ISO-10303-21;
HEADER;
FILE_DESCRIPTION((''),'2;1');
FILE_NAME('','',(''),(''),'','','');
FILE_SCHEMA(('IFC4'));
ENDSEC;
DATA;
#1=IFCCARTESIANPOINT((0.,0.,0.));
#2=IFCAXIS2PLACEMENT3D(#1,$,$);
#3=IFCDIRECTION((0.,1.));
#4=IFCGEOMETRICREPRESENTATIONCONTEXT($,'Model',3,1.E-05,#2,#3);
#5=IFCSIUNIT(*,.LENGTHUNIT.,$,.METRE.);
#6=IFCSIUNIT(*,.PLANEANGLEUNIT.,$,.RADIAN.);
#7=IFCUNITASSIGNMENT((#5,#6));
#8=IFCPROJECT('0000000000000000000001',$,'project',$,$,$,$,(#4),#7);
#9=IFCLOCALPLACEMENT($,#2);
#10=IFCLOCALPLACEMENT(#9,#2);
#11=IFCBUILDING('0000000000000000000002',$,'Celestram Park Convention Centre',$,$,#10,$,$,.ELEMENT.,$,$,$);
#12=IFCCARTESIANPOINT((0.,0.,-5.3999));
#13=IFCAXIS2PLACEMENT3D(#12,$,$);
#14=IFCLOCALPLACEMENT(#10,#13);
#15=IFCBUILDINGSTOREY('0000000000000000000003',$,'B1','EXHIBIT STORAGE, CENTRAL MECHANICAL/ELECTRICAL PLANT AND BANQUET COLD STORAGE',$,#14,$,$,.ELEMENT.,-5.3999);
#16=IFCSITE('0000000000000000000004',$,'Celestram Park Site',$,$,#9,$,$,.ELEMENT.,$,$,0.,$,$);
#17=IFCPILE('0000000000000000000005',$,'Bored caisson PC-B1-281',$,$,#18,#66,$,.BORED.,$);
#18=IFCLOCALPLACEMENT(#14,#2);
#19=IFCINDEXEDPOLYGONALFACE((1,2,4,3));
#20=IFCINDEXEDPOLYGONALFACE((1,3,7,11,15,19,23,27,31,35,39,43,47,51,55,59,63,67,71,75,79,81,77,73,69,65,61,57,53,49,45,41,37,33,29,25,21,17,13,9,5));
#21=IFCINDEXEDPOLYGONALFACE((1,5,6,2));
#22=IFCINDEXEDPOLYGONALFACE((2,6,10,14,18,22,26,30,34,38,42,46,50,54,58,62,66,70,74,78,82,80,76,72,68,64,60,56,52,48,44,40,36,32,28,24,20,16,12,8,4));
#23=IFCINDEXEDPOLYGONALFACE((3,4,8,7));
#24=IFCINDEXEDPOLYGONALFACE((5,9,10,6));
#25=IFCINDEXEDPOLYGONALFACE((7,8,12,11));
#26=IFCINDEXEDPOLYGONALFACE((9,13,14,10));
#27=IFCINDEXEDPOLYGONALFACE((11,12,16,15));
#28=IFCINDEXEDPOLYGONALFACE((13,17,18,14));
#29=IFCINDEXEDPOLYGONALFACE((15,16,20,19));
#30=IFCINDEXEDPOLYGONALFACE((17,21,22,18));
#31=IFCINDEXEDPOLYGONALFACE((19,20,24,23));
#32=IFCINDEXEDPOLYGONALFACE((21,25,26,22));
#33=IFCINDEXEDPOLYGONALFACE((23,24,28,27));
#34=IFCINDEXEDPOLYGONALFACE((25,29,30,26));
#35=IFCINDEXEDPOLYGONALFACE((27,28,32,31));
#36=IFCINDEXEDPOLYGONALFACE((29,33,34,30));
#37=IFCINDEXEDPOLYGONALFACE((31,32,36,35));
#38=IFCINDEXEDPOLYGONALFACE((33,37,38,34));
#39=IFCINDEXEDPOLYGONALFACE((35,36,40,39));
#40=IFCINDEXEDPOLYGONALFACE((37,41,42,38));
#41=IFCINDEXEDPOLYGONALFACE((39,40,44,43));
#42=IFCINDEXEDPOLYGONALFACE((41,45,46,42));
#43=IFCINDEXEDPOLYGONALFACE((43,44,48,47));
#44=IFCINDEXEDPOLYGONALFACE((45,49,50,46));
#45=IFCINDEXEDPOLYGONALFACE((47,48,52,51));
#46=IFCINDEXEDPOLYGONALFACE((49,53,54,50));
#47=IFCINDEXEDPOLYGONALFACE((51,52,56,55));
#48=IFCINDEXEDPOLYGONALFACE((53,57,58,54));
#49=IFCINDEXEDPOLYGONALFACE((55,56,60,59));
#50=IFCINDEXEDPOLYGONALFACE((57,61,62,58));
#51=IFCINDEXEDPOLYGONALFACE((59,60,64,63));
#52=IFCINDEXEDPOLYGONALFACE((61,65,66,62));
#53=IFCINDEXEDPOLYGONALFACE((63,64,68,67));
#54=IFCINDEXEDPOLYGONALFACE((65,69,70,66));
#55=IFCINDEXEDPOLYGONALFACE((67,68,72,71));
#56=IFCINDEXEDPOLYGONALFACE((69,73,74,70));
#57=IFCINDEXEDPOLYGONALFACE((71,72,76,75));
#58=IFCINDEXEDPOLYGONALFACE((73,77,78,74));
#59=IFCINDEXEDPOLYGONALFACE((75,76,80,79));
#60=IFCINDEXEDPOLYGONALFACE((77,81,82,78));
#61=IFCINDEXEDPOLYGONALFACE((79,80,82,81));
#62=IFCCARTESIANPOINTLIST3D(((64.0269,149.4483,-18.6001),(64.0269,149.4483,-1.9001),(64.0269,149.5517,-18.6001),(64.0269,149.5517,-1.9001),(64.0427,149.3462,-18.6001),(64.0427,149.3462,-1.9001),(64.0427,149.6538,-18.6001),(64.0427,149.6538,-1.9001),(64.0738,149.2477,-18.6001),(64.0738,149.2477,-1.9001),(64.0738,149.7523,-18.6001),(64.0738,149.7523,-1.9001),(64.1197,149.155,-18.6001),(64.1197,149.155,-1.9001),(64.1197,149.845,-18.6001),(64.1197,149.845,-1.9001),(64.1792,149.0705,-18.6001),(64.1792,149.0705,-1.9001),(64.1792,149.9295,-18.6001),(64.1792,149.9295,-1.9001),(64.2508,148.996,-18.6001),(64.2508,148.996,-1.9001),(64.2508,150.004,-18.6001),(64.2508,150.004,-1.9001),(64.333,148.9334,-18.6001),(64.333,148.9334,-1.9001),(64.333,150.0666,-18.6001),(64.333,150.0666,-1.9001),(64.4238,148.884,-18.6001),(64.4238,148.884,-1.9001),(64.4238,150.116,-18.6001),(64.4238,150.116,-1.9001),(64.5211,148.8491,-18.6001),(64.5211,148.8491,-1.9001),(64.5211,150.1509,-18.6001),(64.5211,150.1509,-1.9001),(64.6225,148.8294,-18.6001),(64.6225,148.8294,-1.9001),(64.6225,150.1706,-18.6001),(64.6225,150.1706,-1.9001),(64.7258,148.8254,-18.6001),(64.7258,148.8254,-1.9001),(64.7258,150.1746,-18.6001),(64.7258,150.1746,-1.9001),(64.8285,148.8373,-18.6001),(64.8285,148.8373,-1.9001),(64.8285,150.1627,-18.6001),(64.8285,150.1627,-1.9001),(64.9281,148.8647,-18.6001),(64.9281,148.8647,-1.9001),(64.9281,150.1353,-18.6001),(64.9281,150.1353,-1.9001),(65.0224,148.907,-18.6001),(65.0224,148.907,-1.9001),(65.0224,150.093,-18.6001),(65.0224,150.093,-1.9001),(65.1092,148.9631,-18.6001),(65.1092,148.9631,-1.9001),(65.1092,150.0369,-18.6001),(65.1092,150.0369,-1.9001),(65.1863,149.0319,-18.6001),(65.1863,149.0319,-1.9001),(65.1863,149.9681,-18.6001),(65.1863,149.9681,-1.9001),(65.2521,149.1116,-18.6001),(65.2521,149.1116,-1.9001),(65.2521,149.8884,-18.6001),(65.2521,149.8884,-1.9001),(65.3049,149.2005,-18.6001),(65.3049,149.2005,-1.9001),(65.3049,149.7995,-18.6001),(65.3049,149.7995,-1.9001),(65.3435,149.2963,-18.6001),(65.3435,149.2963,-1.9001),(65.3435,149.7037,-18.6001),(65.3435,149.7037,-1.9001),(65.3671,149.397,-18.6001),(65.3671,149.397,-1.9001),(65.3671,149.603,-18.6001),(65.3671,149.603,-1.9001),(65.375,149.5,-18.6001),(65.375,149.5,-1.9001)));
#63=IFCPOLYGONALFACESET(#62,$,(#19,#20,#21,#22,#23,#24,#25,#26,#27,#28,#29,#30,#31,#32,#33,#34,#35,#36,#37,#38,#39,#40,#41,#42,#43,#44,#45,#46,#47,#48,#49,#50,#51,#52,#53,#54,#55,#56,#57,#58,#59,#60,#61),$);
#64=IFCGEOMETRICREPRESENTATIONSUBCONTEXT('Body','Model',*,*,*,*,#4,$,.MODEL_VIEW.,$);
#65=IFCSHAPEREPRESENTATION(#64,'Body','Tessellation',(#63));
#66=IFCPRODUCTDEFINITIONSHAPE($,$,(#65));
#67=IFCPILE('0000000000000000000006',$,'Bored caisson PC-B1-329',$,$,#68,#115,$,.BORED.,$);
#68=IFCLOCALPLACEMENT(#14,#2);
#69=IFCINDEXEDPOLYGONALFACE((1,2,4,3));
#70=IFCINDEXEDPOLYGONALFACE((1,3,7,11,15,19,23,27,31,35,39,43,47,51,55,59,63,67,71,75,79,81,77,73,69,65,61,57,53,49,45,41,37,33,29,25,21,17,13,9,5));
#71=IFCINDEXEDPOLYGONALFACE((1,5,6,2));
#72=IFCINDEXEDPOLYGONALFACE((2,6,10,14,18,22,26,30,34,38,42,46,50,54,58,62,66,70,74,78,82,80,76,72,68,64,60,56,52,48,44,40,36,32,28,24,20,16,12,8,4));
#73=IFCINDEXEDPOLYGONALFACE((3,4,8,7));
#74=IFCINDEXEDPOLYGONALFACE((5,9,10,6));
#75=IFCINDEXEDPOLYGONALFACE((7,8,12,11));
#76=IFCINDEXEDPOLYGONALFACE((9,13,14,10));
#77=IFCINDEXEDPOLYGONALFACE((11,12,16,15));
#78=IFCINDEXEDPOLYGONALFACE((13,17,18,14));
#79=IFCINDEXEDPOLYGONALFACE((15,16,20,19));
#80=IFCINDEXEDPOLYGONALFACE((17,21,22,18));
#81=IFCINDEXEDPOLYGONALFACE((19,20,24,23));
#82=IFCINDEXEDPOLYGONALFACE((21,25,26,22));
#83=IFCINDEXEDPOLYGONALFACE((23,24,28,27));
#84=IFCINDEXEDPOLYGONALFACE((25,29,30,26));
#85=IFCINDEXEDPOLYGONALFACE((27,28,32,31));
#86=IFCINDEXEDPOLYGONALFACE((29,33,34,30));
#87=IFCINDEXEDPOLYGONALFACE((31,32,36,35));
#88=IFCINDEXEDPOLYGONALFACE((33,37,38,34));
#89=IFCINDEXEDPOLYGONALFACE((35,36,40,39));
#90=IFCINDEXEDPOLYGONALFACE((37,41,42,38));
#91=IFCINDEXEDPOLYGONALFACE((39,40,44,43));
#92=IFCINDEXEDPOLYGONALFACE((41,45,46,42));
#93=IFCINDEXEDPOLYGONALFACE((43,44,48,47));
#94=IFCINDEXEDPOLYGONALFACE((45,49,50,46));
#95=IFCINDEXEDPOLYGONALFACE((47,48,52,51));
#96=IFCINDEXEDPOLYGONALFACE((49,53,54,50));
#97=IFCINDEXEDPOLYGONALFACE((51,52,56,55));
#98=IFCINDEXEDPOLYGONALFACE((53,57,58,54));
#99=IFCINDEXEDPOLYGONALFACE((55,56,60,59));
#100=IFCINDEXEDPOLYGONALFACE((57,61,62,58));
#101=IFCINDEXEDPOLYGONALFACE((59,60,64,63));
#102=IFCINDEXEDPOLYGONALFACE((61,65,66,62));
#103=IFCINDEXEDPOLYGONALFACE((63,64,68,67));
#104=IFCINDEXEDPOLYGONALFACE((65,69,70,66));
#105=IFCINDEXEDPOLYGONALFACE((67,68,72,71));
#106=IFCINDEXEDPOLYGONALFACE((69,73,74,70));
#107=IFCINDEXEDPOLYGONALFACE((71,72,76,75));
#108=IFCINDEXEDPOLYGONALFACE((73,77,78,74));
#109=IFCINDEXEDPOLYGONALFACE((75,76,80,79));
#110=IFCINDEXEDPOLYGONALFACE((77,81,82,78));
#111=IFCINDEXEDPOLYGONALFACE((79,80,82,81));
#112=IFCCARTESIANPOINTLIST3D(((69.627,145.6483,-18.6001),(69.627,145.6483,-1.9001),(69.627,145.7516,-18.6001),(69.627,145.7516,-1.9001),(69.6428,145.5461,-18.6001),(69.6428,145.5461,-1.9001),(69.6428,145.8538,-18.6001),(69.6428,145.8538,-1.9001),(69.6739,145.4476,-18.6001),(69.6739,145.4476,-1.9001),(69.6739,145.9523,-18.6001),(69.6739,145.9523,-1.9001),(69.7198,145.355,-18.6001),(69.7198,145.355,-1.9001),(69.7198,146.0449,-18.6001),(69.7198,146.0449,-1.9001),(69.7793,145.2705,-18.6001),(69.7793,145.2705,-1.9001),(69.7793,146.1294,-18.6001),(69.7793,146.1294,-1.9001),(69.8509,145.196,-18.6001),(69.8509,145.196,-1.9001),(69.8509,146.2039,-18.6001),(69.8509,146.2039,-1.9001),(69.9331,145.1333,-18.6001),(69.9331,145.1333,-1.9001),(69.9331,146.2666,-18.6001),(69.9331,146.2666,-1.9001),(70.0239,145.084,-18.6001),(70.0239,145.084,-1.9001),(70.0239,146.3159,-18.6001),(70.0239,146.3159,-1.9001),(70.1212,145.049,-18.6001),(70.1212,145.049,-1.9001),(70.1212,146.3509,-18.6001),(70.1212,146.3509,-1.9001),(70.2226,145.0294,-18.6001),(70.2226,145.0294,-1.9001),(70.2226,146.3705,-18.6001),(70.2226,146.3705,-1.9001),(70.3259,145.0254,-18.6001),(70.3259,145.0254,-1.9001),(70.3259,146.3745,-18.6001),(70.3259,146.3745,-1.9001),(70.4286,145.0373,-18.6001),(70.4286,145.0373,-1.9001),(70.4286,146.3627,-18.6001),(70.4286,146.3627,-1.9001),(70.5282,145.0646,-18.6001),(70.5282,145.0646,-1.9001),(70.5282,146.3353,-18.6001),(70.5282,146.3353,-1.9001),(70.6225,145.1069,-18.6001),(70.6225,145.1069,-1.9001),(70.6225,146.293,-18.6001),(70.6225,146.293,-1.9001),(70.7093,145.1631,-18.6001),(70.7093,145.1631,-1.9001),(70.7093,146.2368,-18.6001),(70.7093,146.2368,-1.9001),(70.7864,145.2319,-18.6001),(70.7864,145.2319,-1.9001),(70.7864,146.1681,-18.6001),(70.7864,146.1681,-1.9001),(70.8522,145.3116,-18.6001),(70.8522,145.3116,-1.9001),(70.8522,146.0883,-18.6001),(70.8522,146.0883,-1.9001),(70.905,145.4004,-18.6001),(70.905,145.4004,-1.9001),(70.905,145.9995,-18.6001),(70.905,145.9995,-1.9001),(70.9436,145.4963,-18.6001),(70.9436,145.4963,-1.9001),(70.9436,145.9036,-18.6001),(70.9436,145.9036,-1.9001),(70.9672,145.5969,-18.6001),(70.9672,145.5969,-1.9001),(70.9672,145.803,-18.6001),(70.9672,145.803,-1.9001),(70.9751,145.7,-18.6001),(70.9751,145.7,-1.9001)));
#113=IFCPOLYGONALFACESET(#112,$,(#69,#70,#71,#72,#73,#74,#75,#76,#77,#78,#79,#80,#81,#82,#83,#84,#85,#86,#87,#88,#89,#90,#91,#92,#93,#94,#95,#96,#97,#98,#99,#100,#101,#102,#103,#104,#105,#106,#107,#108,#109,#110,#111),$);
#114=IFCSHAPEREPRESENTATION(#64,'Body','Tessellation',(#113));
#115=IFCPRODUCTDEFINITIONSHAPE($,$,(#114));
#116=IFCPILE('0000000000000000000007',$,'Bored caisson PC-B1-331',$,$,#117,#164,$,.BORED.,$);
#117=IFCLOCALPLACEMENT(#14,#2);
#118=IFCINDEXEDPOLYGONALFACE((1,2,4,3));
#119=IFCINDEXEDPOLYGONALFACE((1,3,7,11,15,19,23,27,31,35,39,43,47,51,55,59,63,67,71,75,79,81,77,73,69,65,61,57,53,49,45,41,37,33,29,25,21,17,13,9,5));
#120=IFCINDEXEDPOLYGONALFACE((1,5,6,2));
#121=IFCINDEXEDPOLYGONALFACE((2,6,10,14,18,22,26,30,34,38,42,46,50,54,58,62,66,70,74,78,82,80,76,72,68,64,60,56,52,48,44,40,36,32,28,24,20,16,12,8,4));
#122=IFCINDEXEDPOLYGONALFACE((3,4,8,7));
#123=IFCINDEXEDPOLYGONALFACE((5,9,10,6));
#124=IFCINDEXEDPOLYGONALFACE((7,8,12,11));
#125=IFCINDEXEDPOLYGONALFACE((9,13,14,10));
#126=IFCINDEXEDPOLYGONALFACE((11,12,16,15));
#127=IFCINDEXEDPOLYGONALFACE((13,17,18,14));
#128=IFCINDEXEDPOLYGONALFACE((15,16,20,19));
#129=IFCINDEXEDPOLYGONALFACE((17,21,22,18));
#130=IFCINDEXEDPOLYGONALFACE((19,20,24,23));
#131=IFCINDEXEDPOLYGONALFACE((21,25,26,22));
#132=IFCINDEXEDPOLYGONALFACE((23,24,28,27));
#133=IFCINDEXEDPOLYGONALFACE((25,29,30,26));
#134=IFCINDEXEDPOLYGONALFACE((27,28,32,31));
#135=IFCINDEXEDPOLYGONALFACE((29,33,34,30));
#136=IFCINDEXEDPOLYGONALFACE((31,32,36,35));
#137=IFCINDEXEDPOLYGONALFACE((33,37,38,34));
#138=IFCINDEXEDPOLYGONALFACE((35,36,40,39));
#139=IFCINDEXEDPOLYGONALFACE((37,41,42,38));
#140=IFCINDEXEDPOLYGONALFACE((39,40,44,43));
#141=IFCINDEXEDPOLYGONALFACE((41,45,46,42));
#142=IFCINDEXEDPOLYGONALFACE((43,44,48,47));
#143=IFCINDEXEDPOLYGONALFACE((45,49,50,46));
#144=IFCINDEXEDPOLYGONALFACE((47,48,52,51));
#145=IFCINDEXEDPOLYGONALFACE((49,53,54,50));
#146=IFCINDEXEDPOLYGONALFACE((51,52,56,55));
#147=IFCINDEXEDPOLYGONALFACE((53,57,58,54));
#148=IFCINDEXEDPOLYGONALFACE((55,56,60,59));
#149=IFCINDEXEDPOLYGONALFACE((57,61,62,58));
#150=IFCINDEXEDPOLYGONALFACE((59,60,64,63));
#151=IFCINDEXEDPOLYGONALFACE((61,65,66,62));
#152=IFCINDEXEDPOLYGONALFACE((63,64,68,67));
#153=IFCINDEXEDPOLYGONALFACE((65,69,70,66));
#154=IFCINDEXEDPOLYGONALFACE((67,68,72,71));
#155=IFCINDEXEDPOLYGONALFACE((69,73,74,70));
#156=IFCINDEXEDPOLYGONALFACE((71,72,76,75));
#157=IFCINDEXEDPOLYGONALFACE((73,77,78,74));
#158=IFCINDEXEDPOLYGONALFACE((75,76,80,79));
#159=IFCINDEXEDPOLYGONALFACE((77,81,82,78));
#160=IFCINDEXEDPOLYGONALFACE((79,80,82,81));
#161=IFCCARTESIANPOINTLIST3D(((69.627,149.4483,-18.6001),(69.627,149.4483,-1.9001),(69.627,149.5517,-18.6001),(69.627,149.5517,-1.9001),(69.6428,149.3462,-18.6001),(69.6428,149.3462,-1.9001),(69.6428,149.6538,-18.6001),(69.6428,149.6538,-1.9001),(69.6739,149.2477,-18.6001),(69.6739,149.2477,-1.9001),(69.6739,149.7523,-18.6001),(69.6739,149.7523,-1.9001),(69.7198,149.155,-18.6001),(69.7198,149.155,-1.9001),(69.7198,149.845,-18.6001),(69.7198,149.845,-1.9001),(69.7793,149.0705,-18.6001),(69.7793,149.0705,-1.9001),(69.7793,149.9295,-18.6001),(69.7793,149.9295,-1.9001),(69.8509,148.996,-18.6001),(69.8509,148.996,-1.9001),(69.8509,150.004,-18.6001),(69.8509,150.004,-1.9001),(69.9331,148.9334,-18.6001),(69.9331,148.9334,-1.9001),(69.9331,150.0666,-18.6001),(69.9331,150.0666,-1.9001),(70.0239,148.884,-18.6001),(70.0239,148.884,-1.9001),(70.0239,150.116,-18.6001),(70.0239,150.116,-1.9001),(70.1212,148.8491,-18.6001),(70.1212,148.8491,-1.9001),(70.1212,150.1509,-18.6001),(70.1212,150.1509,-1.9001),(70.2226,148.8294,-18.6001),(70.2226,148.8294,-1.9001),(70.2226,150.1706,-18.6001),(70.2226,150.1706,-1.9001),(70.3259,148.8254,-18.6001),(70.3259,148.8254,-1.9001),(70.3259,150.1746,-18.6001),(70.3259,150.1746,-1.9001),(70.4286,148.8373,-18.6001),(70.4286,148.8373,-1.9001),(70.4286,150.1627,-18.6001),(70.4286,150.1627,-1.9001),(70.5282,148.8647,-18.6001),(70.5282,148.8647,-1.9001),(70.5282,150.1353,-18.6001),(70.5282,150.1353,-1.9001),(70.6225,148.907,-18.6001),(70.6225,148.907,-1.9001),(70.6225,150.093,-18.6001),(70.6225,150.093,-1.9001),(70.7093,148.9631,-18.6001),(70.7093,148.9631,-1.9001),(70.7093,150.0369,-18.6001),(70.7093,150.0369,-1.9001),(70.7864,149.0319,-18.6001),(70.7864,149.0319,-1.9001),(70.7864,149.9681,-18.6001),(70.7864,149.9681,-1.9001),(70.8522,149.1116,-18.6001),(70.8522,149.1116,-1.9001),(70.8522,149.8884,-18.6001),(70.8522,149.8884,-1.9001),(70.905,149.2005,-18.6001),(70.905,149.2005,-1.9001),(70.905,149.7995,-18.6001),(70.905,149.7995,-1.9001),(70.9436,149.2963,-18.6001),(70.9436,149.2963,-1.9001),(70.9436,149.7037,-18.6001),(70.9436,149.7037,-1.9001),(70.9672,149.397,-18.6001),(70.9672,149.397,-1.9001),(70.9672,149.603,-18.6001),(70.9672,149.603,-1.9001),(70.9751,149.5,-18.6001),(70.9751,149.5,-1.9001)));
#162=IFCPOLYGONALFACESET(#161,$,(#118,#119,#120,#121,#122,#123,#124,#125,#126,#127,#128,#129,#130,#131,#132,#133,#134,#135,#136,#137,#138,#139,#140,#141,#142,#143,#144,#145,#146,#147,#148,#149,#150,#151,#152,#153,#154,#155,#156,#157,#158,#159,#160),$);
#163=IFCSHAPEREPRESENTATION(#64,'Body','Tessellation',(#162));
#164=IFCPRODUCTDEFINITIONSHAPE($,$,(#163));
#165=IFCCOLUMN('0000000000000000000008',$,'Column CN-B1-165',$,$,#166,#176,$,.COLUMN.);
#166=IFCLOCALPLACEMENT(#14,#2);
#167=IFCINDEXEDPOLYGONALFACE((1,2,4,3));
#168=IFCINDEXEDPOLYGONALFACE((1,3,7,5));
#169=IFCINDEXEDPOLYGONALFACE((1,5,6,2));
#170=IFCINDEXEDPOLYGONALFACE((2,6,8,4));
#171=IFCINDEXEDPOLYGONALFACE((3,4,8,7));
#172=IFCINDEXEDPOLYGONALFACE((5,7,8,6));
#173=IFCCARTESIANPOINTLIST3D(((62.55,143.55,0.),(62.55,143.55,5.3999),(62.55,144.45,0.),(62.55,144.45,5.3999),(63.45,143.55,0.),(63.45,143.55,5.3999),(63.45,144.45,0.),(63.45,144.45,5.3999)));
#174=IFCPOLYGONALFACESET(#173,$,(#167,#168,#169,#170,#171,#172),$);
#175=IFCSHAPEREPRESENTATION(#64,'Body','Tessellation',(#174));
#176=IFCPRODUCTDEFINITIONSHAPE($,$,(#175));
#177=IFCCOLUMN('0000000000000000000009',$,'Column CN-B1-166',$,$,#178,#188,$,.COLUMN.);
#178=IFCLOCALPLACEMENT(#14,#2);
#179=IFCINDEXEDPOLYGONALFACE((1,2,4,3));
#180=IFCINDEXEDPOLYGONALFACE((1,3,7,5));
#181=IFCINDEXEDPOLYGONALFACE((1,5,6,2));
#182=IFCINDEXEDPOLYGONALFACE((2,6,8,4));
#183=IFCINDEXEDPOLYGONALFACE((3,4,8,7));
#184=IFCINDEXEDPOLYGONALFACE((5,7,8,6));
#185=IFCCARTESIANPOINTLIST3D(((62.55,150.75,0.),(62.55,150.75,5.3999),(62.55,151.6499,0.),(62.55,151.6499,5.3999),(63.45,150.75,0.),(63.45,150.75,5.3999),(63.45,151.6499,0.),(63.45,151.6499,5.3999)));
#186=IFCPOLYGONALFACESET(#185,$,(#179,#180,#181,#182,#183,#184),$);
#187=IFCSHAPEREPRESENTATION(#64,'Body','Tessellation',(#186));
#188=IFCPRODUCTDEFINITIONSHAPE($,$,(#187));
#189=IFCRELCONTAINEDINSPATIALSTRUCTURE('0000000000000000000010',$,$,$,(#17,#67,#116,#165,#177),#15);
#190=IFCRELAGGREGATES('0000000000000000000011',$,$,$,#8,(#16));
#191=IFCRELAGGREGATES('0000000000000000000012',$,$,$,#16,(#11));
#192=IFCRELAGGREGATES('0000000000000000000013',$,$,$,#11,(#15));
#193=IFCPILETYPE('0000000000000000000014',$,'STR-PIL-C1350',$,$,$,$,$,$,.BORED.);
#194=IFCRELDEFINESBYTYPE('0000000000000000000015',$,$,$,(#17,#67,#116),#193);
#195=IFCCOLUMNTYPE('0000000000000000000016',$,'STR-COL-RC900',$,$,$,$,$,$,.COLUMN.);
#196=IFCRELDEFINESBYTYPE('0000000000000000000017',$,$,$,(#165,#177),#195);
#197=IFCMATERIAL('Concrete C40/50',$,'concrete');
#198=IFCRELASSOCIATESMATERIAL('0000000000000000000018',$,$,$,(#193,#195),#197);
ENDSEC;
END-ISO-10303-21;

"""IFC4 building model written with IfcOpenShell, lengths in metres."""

from ifc_helpers import new_model, si_unit, direction, frame, origin, origin_2d, place, context, subcontext, project, spatial, rectangle, circle, extrude, material, material_profile, profile_set, type_object, element, save


model = new_model("IFC4")

# Units and contexts
model_context = context("Model", 3, precision=1e-05, world=origin(), true_north=direction((0.0, 1.0)))
body_context = subcontext(model_context, "Body", "Model", "MODEL_VIEW")
ifc_project = project(units=[si_unit("LENGTHUNIT", "METRE"), si_unit("PLANEANGLEUNIT", "RADIAN")], contexts=[model_context])

# Site, building, storey
site_placement = place(None, origin())
site = spatial("IfcSite", under=ifc_project, at=site_placement, Name="Celestram Park Site", CompositionType="ELEMENT", RefElevation=0.0)
building_placement = place(site_placement, origin())
building = spatial("IfcBuilding", under=site, at=building_placement, Name="Celestram Park Convention Centre", CompositionType="ELEMENT")
storey_placement = place(building_placement, frame((0.0, 0.0, -5.3999)))
storey = spatial("IfcBuildingStorey", under=building, at=storey_placement, Name="B1", Description="EXHIBIT STORAGE, CENTRAL MECHANICAL/ELECTRICAL PLANT AND BANQUET COLD STORAGE", CompositionType="ELEMENT", Elevation=-5.3999)

# Shared definitions
ifc_material_1 = material(Name="Concrete C40/50", Category="concrete")

# Piles
ifc_material_profile_1 = material_profile(ifc_material_1, circle(Radius=0.675, at=origin_2d()), Name="CAISSON1350")
ifc_profile_set_1 = profile_set([ifc_material_profile_1], Name="Concrete C40/50")
pile_type = type_object("IfcPileType", Name="STR-PIL-C1350", PredefinedType="BORED", material=ifc_profile_set_1)
for number, where, z_axis, x_axis, name in (
    (1, (64.7, 149.5, -1.9001), (0.0, 0.0, -1.0), (1.0, 0.0, 0.0), "Bored caisson PC-B1-281"),
    (2, (70.3, 145.7, -1.9001), (0.0, 0.0, -1.0), (1.0, 0.0, 0.0), "Bored caisson PC-B1-329"),
    (3, (70.3, 149.5, -1.9001), (0.0, 0.0, -1.0), (1.0, 0.0, 0.0), "Bored caisson PC-B1-331"),
):
    element("IfcPile", number, at=place(storey_placement, frame(where, z_axis=z_axis, x_axis=x_axis)), inside=storey, type_object=pile_type, Name=name, PredefinedType="BORED", context=body_context, shape_type="SweptSolid", body=[
        extrude(circle(Radius=0.675, at=origin_2d()), origin(), (0.0, 0.0, 1.0), 16.7),
    ])

# Columns
ifc_material_profile_2 = material_profile(ifc_material_1, rectangle(XDim=0.8999, YDim=0.8999, at=origin_2d()), Name="RC900X900")
ifc_profile_set_2 = profile_set([ifc_material_profile_2], Name="Concrete C40/50")
column_type = type_object("IfcColumnType", Name="STR-COL-RC900", PredefinedType="COLUMN", material=ifc_profile_set_2)
for number, where, z_axis, x_axis, name in (
    (4, (63.0, 144.0, 0.0), (0.0, 0.0, 1.0), (1.0, 0.0, 0.0), "Column CN-B1-165"),
    (5, (63.0, 151.2, 0.0), (0.0, 0.0, 1.0), (1.0, 0.0, 0.0), "Column CN-B1-166"),
):
    element("IfcColumn", number, at=place(storey_placement, frame(where, z_axis=z_axis, x_axis=x_axis)), inside=storey, type_object=column_type, Name=name, PredefinedType="COLUMN", context=body_context, shape_type="SweptSolid", body=[
        extrude(rectangle(XDim=0.8999, YDim=0.8999, at=origin_2d()), origin(), (0.0, 0.0, 1.0), 5.3999),
    ])

save(model, "model.ifc")
